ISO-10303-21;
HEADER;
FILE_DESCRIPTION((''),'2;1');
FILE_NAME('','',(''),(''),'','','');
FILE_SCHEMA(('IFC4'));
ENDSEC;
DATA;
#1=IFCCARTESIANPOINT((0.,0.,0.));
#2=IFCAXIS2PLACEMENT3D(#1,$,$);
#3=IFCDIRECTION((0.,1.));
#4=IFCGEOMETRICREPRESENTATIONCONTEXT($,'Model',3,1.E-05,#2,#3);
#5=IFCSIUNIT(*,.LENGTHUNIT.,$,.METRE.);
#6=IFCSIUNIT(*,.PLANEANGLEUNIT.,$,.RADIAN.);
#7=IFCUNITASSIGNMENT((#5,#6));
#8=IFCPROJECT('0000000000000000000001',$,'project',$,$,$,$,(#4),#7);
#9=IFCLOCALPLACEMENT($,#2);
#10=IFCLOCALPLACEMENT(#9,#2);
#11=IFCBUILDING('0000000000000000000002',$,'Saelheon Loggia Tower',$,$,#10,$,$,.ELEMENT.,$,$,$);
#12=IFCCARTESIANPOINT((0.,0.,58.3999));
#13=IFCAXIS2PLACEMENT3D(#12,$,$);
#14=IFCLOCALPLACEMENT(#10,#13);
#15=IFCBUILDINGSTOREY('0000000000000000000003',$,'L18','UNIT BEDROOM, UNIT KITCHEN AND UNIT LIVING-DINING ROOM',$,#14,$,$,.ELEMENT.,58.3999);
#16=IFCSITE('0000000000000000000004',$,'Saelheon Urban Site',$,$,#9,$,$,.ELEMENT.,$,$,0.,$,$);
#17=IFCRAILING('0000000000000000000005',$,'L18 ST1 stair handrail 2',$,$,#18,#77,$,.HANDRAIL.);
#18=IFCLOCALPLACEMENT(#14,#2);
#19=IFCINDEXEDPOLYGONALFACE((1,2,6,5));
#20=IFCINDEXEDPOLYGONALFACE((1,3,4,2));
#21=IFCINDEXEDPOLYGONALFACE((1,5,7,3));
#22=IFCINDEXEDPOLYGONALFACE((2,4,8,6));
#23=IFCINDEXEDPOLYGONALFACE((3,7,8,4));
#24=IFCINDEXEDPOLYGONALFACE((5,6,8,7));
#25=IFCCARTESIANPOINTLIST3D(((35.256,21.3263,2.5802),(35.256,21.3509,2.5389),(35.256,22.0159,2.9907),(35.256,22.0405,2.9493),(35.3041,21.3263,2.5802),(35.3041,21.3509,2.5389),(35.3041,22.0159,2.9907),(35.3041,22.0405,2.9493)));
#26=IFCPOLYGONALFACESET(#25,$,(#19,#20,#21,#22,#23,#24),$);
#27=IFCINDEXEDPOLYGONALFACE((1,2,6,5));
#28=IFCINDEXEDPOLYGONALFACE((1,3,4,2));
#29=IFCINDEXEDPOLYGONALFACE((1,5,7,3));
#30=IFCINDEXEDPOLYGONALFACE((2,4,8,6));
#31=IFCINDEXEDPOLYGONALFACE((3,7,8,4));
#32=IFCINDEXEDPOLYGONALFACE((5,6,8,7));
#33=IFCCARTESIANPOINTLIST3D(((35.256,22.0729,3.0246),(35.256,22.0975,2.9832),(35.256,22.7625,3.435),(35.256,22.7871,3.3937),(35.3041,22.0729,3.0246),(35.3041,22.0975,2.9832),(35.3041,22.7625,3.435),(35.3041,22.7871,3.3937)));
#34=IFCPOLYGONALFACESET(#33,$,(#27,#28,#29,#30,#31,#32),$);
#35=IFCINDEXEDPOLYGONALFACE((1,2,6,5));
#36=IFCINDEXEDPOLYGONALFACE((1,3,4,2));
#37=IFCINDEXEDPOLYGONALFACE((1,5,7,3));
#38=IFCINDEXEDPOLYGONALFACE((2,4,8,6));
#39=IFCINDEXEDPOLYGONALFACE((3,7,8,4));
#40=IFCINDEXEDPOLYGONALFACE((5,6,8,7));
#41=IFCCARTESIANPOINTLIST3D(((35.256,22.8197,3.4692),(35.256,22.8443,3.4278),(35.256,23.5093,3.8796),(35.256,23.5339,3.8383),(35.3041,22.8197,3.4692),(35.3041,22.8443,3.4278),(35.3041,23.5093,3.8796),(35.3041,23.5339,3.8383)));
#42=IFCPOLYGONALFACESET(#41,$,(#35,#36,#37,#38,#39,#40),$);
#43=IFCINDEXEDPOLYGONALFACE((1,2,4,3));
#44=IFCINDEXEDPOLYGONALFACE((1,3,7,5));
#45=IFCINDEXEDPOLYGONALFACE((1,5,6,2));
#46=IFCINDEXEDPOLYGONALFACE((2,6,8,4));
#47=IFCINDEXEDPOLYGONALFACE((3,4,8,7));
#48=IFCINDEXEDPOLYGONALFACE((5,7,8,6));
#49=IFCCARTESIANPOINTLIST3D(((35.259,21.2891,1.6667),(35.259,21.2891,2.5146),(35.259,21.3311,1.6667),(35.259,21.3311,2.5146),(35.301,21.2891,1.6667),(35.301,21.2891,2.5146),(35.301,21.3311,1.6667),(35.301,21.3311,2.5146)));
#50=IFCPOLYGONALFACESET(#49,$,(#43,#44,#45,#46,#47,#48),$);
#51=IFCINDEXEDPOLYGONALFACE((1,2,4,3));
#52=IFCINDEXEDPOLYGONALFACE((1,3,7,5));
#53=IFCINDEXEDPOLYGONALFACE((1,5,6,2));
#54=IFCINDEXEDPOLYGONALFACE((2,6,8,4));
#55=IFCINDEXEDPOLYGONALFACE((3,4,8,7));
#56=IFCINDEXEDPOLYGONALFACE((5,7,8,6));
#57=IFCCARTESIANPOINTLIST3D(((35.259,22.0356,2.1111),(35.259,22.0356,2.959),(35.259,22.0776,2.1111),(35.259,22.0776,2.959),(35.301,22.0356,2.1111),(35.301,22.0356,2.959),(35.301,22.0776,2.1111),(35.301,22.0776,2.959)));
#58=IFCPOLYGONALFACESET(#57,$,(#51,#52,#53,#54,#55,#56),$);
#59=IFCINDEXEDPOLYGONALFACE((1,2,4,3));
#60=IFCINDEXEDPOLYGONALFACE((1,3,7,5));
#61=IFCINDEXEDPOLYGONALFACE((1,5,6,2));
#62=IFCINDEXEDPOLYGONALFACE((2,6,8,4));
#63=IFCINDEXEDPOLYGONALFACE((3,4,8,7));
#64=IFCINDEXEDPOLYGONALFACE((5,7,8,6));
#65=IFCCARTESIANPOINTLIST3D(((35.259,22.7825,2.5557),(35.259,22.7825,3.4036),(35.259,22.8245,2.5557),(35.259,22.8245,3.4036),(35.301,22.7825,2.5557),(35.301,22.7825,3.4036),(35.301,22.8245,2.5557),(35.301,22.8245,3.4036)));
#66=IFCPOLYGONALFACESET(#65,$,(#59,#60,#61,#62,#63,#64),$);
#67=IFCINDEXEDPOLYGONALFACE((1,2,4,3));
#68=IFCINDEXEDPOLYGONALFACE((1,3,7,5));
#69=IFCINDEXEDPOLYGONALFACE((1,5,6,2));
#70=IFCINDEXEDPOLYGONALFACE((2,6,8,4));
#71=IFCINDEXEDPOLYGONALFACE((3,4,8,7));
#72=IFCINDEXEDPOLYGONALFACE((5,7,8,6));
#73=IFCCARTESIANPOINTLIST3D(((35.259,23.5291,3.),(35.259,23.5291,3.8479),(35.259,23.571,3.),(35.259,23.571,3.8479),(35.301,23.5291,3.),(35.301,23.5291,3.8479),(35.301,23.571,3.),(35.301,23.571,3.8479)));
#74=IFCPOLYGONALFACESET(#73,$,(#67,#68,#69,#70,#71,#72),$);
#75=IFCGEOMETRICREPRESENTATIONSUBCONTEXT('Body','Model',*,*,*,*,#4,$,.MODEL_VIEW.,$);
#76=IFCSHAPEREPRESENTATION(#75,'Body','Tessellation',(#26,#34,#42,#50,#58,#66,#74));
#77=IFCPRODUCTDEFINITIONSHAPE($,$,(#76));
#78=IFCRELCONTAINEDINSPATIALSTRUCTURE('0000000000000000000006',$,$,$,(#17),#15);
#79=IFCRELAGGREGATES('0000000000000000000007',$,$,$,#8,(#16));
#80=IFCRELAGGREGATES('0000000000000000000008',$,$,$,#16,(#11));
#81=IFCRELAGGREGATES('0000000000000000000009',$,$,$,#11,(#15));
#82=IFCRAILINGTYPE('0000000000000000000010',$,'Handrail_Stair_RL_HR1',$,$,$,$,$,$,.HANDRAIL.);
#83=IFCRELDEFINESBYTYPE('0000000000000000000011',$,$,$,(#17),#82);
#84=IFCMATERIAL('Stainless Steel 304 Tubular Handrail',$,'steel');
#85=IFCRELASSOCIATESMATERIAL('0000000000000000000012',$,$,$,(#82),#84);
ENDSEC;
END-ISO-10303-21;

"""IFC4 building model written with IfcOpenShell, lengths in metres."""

from ifc_helpers import new_model, si_unit, direction, frame, origin, origin_2d, place, context, subcontext, project, spatial, rectangle, extrude, material, type_object, element, save


model = new_model("IFC4")

# Units and contexts
model_context = context("Model", 3, precision=1e-05, world=origin(), true_north=direction((0.0, 1.0)))
body_context = subcontext(model_context, "Body", "Model", "MODEL_VIEW")
ifc_project = project(units=[si_unit("LENGTHUNIT", "METRE"), si_unit("PLANEANGLEUNIT", "RADIAN")], contexts=[model_context])

# Site, building, storey
site_placement = place(None, origin())
site = spatial("IfcSite", under=ifc_project, at=site_placement, Name="Saelheon Urban Site", CompositionType="ELEMENT", RefElevation=0.0)
building_placement = place(site_placement, origin())
building = spatial("IfcBuilding", under=site, at=building_placement, Name="Saelheon Loggia Tower", CompositionType="ELEMENT")
storey_placement = place(building_placement, frame((0.0, 0.0, 58.3999)))
storey = spatial("IfcBuildingStorey", under=building, at=storey_placement, Name="L18", Description="UNIT BEDROOM, UNIT KITCHEN AND UNIT LIVING-DINING ROOM", CompositionType="ELEMENT", Elevation=58.3999)

# Railing
ifc_material_1 = material(Name="Stainless Steel 304 Tubular Handrail", Category="steel")
railing_type = type_object("IfcRailingType", Name="Handrail_Stair_RL_HR1", PredefinedType="HANDRAIL", material=ifc_material_1)
railing_placement = place(storey_placement, frame((35.28, 21.3101, 1.6667)))
element("IfcRailing", 1, at=railing_placement, inside=storey, type_object=railing_type, Name="L18 ST1 stair handrail 2", PredefinedType="HANDRAIL", context=body_context, shape_type="SweptSolid", body=[
    extrude(rectangle(XDim=0.0481, YDim=0.0481, at=origin_2d()), frame((0.0, 0.0286, 0.8928), z_axis=(0.0, 0.859306, 0.511462), x_axis=(-1.0, 0.0, 0.0)), (0.0, 0.0, 1.0), 0.8025),
    extrude(rectangle(XDim=0.0481, YDim=0.0481, at=origin_2d()), frame((0.0, 0.7751, 1.3372), z_axis=(0.0, 0.859306, 0.511462), x_axis=(-1.0, 0.0, 0.0)), (0.0, 0.0, 1.0), 0.8025),
    extrude(rectangle(XDim=0.0481, YDim=0.0481, at=origin_2d()), frame((0.0, 1.522, 1.7817), z_axis=(0.0, 0.859306, 0.511462), x_axis=(-1.0, 0.0, 0.0)), (0.0, 0.0, 1.0), 0.8025),
    extrude(rectangle(XDim=0.042, YDim=0.042, at=origin_2d()), origin(), (0.0, 0.0, 1.0), 0.8479),
    extrude(rectangle(XDim=0.042, YDim=0.042, at=origin_2d()), frame((0.0, 0.7466, 0.4443)), (0.0, 0.0, 1.0), 0.8479),
    extrude(rectangle(XDim=0.042, YDim=0.042, at=origin_2d()), frame((0.0, 1.4934, 0.8889)), (0.0, 0.0, 1.0), 0.8479),
    extrude(rectangle(XDim=0.042, YDim=0.042, at=origin_2d()), frame((0.0, 2.24, 1.3333)), (0.0, 0.0, 1.0), 0.8479),
])

save(model, "model.ifc")
